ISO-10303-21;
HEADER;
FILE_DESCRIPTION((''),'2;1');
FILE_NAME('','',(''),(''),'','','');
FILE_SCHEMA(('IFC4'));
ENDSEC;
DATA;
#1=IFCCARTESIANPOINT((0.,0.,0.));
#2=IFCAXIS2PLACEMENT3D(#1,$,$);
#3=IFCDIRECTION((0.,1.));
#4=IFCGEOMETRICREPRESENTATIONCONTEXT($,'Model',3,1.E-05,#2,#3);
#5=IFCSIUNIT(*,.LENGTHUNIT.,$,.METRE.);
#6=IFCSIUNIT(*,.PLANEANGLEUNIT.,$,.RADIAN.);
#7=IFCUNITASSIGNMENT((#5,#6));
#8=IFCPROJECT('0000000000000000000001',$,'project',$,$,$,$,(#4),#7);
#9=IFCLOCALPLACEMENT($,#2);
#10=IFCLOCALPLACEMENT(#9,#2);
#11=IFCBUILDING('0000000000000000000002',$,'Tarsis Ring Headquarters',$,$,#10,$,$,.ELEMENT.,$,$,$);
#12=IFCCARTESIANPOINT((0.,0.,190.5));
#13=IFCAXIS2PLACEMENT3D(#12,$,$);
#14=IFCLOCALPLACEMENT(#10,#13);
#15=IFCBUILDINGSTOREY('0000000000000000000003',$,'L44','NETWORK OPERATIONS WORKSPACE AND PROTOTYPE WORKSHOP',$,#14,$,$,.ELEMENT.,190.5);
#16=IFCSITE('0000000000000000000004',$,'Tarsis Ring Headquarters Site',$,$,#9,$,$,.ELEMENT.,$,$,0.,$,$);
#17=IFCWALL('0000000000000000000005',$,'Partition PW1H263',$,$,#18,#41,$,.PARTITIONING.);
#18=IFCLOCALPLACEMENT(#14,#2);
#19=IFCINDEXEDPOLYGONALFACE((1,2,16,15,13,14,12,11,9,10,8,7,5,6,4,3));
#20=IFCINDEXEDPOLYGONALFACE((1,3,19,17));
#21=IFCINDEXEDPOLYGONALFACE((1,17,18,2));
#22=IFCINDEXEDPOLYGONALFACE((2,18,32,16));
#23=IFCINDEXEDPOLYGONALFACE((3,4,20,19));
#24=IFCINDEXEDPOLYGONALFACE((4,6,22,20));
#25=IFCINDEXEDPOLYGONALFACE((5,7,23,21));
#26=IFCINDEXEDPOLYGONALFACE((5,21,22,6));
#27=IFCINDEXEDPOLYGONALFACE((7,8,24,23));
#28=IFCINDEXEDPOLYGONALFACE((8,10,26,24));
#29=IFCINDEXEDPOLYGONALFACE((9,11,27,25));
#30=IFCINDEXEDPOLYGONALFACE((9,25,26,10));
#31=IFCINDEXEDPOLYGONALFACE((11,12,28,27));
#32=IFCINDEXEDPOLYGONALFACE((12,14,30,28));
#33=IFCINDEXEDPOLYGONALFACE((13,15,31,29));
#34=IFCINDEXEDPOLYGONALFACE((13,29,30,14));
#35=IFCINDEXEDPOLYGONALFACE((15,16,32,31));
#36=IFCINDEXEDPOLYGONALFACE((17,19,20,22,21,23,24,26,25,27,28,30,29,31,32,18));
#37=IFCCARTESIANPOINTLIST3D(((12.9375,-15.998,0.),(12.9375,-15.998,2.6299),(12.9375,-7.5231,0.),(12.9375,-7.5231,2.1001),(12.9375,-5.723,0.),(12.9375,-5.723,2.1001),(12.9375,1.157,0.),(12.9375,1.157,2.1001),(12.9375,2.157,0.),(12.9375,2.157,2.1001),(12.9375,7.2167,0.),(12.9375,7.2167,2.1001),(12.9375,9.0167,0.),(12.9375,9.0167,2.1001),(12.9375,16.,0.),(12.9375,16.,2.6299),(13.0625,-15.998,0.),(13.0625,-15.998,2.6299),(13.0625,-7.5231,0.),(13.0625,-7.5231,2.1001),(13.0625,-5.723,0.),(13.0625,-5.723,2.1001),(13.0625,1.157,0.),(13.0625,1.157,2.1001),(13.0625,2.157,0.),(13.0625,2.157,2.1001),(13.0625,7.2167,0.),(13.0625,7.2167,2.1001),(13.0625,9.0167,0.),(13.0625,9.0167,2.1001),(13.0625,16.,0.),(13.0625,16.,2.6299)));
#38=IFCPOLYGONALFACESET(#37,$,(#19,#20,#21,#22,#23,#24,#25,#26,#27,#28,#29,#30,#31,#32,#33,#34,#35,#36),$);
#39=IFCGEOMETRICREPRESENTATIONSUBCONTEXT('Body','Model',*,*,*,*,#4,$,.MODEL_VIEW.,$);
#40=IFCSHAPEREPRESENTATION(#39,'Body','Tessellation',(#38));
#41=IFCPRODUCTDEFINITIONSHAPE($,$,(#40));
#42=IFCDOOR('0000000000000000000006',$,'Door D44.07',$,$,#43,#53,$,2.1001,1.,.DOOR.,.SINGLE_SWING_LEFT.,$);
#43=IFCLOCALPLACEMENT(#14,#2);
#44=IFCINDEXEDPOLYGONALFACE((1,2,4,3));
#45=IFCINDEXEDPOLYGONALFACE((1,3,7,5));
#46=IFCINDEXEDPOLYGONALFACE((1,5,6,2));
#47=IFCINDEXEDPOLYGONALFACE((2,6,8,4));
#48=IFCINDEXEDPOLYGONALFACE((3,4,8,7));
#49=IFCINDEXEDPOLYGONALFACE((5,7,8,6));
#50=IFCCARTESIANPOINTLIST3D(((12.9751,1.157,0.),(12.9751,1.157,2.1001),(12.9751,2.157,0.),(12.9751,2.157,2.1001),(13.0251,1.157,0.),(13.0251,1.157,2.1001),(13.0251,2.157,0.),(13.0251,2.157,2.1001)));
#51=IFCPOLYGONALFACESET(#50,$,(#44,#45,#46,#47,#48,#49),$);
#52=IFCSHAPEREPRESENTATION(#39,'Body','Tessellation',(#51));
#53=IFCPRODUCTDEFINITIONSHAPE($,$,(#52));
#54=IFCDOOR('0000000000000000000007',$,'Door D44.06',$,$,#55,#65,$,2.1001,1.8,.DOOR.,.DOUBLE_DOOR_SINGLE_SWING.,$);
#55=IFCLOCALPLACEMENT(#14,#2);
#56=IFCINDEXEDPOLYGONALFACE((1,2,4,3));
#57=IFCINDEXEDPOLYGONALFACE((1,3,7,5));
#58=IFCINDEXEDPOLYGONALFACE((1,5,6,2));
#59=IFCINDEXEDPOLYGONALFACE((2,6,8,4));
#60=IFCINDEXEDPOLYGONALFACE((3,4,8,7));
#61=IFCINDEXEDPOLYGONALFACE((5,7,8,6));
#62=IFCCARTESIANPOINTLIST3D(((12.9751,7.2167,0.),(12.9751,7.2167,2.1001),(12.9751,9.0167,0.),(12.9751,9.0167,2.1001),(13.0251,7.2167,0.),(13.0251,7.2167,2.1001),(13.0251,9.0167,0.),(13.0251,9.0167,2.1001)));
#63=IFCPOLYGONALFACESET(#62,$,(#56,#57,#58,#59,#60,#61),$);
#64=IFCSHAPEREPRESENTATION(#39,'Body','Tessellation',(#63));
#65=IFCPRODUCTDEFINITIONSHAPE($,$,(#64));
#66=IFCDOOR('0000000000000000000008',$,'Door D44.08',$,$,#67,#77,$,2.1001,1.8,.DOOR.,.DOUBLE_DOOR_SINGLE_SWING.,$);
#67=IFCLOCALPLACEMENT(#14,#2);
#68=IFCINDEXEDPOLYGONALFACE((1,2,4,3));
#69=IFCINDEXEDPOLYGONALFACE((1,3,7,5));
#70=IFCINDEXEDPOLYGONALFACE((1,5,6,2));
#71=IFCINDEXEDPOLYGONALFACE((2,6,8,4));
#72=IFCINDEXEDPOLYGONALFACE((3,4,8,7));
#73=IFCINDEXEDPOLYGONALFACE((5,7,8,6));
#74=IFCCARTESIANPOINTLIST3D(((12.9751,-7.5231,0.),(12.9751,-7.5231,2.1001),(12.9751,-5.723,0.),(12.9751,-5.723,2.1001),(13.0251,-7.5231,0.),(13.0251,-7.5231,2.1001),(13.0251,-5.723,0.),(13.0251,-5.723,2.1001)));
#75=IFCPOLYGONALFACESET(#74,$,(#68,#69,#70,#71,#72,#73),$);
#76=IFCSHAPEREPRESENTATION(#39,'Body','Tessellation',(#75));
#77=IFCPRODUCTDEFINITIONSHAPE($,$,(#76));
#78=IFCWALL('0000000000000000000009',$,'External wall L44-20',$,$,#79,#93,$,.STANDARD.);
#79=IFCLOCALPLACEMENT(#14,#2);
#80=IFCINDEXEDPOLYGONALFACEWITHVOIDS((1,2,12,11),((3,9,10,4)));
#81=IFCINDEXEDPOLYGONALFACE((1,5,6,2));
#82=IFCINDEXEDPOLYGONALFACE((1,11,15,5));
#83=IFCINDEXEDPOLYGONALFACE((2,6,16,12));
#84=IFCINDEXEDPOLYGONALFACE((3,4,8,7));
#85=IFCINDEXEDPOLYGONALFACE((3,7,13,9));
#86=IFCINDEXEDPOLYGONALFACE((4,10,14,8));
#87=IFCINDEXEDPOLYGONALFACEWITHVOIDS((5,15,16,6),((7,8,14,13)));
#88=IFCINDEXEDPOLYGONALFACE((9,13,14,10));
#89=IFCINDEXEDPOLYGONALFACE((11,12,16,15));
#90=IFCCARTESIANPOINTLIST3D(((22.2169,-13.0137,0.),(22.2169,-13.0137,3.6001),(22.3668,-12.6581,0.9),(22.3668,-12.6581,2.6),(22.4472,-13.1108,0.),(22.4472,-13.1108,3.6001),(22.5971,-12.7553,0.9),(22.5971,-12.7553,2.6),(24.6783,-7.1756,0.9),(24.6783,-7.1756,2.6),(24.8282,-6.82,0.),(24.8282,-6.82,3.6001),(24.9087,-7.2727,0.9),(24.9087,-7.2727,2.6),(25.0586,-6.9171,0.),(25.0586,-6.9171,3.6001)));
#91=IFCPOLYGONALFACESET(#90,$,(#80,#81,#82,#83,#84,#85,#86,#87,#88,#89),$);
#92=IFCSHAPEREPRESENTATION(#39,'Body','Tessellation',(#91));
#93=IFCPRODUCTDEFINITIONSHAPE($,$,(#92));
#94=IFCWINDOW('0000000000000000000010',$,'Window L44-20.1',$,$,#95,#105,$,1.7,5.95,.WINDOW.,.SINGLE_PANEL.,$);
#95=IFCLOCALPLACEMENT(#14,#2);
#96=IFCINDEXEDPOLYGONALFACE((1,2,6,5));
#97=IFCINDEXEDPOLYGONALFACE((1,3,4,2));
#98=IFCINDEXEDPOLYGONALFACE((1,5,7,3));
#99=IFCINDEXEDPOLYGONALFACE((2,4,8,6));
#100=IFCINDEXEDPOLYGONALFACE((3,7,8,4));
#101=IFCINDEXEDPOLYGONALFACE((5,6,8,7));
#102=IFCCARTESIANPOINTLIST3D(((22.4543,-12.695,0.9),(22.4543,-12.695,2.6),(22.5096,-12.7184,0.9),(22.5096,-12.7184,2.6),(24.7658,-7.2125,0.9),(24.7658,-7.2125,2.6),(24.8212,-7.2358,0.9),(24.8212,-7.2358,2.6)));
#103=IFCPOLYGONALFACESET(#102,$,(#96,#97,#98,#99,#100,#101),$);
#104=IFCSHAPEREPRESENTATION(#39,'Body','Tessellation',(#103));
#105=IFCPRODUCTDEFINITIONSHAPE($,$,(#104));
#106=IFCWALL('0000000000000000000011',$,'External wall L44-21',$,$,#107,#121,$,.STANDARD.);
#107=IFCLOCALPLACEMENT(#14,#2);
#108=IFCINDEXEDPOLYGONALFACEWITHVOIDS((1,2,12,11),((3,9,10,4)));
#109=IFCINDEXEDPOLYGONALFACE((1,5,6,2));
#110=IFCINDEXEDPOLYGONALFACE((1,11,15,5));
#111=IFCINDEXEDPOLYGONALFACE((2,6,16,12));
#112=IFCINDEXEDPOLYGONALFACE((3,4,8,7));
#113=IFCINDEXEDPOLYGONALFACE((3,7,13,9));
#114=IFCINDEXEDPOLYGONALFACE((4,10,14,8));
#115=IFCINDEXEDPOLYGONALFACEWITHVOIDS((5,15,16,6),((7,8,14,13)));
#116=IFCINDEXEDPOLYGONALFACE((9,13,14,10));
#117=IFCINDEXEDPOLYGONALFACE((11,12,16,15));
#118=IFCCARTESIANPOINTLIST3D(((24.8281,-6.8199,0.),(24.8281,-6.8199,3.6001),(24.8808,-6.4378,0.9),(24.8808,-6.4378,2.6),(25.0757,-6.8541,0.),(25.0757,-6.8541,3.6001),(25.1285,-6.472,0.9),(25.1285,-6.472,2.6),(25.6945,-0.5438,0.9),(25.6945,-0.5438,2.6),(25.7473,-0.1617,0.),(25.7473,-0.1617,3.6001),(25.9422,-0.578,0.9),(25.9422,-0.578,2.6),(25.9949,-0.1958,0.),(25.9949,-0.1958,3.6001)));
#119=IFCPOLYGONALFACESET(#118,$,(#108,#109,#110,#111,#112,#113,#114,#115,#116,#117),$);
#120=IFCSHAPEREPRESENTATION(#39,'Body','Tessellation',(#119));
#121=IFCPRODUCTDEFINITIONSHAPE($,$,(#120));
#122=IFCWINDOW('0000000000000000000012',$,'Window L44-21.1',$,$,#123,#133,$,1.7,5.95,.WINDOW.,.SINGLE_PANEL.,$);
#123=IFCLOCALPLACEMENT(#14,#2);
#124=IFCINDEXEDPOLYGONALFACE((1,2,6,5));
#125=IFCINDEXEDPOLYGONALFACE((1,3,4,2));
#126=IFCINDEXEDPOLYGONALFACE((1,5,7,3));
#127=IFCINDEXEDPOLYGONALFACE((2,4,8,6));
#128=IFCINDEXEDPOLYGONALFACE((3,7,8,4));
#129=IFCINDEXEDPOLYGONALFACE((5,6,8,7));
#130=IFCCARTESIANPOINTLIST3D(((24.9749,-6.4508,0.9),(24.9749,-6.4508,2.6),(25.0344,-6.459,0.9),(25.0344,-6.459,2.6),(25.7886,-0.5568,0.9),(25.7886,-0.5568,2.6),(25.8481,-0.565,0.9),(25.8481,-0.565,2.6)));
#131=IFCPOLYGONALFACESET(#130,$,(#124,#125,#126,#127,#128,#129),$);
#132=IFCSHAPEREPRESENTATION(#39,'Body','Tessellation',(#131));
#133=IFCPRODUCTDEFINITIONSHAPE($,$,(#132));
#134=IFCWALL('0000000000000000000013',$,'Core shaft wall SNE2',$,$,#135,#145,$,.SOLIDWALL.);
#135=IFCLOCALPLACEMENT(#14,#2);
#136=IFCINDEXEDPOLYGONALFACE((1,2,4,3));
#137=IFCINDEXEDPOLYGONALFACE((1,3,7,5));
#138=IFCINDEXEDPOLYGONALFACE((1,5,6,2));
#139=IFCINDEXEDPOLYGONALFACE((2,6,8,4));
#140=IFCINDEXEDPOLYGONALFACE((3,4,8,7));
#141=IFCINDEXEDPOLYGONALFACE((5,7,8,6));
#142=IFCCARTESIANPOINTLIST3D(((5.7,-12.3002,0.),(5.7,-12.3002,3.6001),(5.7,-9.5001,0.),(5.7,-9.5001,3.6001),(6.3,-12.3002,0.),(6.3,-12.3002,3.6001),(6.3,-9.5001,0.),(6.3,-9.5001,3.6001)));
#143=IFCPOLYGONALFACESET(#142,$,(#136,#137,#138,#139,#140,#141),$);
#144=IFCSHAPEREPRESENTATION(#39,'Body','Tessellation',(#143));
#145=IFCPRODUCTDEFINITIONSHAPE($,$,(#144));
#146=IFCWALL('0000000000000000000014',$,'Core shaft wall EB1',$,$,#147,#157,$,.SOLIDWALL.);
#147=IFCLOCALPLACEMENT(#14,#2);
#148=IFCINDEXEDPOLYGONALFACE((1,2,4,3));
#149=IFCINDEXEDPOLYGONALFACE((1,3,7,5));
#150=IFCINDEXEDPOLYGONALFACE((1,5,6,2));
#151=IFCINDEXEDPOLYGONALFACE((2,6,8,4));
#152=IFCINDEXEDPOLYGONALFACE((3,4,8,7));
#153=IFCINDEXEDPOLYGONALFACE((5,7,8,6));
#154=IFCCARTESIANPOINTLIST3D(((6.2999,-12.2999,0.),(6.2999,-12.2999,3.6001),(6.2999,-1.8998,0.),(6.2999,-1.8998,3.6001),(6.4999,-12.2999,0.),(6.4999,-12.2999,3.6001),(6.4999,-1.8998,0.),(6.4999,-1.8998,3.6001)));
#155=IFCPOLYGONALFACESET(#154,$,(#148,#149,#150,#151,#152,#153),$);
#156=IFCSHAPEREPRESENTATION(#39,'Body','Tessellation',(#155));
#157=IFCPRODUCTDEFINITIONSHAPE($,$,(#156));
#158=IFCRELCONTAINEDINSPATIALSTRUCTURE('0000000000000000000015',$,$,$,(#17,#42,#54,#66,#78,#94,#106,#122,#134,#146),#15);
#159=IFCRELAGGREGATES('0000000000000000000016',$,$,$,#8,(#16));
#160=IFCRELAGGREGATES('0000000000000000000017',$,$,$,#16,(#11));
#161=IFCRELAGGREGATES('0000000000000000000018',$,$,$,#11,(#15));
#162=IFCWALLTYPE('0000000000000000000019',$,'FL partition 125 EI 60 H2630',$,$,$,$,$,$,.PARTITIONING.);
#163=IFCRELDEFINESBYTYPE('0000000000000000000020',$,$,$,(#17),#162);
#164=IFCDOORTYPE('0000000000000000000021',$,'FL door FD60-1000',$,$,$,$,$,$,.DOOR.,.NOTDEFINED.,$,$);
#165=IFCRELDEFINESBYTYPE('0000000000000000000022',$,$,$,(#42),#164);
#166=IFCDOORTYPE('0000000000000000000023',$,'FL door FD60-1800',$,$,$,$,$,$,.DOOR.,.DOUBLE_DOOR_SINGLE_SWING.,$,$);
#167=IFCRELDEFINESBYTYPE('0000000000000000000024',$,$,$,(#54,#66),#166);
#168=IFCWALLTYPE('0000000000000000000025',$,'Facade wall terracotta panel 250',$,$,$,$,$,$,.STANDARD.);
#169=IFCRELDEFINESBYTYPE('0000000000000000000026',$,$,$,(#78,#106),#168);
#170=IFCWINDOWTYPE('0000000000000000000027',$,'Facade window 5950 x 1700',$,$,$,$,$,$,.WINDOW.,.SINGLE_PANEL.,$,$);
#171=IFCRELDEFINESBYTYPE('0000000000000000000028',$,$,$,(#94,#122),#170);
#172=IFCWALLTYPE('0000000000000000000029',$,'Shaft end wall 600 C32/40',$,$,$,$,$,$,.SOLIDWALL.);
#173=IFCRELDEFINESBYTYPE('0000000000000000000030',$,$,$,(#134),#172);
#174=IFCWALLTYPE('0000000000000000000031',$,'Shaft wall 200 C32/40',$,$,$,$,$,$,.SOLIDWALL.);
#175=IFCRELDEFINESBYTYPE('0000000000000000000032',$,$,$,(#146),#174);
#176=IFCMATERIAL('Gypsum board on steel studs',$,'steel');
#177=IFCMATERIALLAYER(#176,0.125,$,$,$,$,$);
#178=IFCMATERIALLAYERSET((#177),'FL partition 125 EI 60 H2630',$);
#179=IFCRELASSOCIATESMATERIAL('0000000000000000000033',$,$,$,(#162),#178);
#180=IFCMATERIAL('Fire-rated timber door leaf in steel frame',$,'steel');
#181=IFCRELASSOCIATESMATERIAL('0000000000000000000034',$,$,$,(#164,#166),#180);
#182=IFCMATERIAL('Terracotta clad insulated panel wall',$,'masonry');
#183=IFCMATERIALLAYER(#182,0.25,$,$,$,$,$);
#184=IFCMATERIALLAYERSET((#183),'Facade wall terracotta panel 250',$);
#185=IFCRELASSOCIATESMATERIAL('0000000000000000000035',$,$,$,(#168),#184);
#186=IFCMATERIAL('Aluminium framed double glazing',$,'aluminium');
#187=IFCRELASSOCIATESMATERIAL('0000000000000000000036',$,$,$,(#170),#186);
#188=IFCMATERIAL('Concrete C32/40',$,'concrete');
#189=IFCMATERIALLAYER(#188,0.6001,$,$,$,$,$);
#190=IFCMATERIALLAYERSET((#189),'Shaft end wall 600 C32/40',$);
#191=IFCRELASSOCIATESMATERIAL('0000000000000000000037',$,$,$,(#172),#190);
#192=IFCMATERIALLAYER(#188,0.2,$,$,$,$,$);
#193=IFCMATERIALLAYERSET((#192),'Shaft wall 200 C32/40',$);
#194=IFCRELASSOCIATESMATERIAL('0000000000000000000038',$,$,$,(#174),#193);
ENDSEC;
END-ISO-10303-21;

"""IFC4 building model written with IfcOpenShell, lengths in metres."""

from ifc_helpers import new_model, si_unit, direction, frame, frame_2d, origin, place, context, subcontext, project, spatial, rectangle, extrude, material, layer, layer_set, type_object, element, fill, save


model = new_model("IFC4")

# Units and contexts
model_context = context("Model", 3, precision=1e-05, world=origin(), true_north=direction((0.0, 1.0)))
body_context = subcontext(model_context, "Body", "Model", "MODEL_VIEW")
ifc_project = project(units=[si_unit("LENGTHUNIT", "METRE"), si_unit("PLANEANGLEUNIT", "RADIAN")], contexts=[model_context])

# Site, building, storey
site_placement = place(None, origin())
site = spatial("IfcSite", under=ifc_project, at=site_placement, Name="Tarsis Ring Headquarters Site", CompositionType="ELEMENT", RefElevation=0.0)
building_placement = place(site_placement, origin())
building = spatial("IfcBuilding", under=site, at=building_placement, Name="Tarsis Ring Headquarters", CompositionType="ELEMENT")
storey_placement = place(building_placement, frame((0.0, 0.0, 190.5)))
storey = spatial("IfcBuildingStorey", under=building, at=storey_placement, Name="L44", Description="NETWORK OPERATIONS WORKSPACE AND PROTOTYPE WORKSHOP", CompositionType="ELEMENT", Elevation=190.5)

# Shared definitions
ifc_material_1 = material(Name="Gypsum board on steel studs", Category="steel")

# Wall, openings, doors
ifc_layer_1 = layer(ifc_material_1, 0.125)
ifc_layer_set_1 = layer_set([ifc_layer_1], Name="FL partition 125 EI 60 H2630")
wall_type_1 = type_object("IfcWallType", Name="FL partition 125 EI 60 H2630", PredefinedType="PARTITIONING", material=ifc_layer_set_1)
wall_1_placement = place(storey_placement, frame((13.0, -15.998, 0.0), z_axis=(0.0, 0.0, 1.0), x_axis=(0.0, 1.0, 0.0)))
wall_1 = element("IfcWall", 1, at=wall_1_placement, inside=storey, type_object=wall_type_1, Name="Partition PW1H263", PredefinedType="PARTITIONING", context=body_context, shape_type="SweptSolid", body=[
    extrude(rectangle(XDim=31.998, YDim=0.125, at=frame_2d((15.999, 0.0))), origin(), (0.0, 0.0, 1.0), 2.6299),
])
opening_1_placement = place(wall_1_placement, frame((23.2148, 0.0, 0.0)))
opening_1 = element("IfcOpeningElement", 2, at=opening_1_placement, cuts=wall_1, PredefinedType="OPENING", context=body_context, shape_type="SweptSolid", body=[
    extrude(rectangle(XDim=1.8, YDim=2.1001, at=frame_2d((0.8999, 1.05))), frame((0.0, 0.0725, 0.0), z_axis=(0.0, -1.0, 0.0), x_axis=(1.0, 0.0, 0.0)), (0.0, 0.0, 1.0), 0.145),
])
opening_2_placement = place(wall_1_placement, frame((17.155, 0.0, 0.0)))
opening_2 = element("IfcOpeningElement", 3, at=opening_2_placement, cuts=wall_1, PredefinedType="OPENING", context=body_context, shape_type="SweptSolid", body=[
    extrude(rectangle(XDim=1.0, YDim=2.1001, at=frame_2d((0.5, 1.05))), frame((0.0, 0.0725, 0.0), z_axis=(0.0, -1.0, 0.0), x_axis=(1.0, 0.0, 0.0)), (0.0, 0.0, 1.0), 0.145),
])
opening_3_placement = place(wall_1_placement, frame((8.4751, 0.0, 0.0)))
opening_3 = element("IfcOpeningElement", 4, at=opening_3_placement, cuts=wall_1, PredefinedType="OPENING", context=body_context, shape_type="SweptSolid", body=[
    extrude(rectangle(XDim=1.8, YDim=2.1001, at=frame_2d((0.8999, 1.05))), frame((0.0, 0.0725, 0.0), z_axis=(0.0, -1.0, 0.0), x_axis=(1.0, 0.0, 0.0)), (0.0, 0.0, 1.0), 0.145),
])
ifc_material_2 = material(Name="Fire-rated timber door leaf in steel frame", Category="steel")
door_type_1 = type_object("IfcDoorType", Name="FL door FD60-1000", OperationType="NOTDEFINED", PredefinedType="DOOR", material=ifc_material_2)
door_1_placement = place(opening_2_placement, origin())
door_1 = element("IfcDoor", 5, at=door_1_placement, inside=storey, type_object=door_type_1, Name="Door D44.07", OperationType="SINGLE_SWING_LEFT", OverallHeight=2.1001, OverallWidth=1.0, PredefinedType="DOOR", context=body_context, shape_type="SweptSolid", body=[
    extrude(rectangle(XDim=1.0, YDim=2.1001, at=frame_2d((0.5, 1.05))), frame((0.0, 0.0249, 0.0), z_axis=(0.0, -1.0, 0.0), x_axis=(1.0, 0.0, 0.0)), (0.0, 0.0, 1.0), 0.05),
])
fill(opening_2, door_1)
door_type_2 = type_object("IfcDoorType", Name="FL door FD60-1800", OperationType="DOUBLE_DOOR_SINGLE_SWING", PredefinedType="DOOR", material=ifc_material_2)
door_2_placement = place(opening_1_placement, origin())
door_2 = element("IfcDoor", 6, at=door_2_placement, inside=storey, type_object=door_type_2, Name="Door D44.06", OperationType="DOUBLE_DOOR_SINGLE_SWING", OverallHeight=2.1001, OverallWidth=1.8, PredefinedType="DOOR", context=body_context, shape_type="SweptSolid", body=[
    extrude(rectangle(XDim=1.8, YDim=2.1001, at=frame_2d((0.8999, 1.05))), frame((0.0, 0.0249, 0.0), z_axis=(0.0, -1.0, 0.0), x_axis=(1.0, 0.0, 0.0)), (0.0, 0.0, 1.0), 0.05),
])
fill(opening_1, door_2)
door_3_placement = place(opening_3_placement, origin())
door_3 = element("IfcDoor", 7, at=door_3_placement, inside=storey, type_object=door_type_2, Name="Door D44.08", OperationType="DOUBLE_DOOR_SINGLE_SWING", OverallHeight=2.1001, OverallWidth=1.8, PredefinedType="DOOR", context=body_context, shape_type="SweptSolid", body=[
    extrude(rectangle(XDim=1.8, YDim=2.1001, at=frame_2d((0.8999, 1.05))), frame((0.0, 0.0249, 0.0), z_axis=(0.0, -1.0, 0.0), x_axis=(1.0, 0.0, 0.0)), (0.0, 0.0, 1.0), 0.05),
])
fill(opening_3, door_3)

# Walls, openings, windows
ifc_material_3 = material(Name="Terracotta clad insulated panel wall", Category="masonry")
ifc_layer_2 = layer(ifc_material_3, 0.25)
ifc_layer_set_2 = layer_set([ifc_layer_2], Name="Facade wall terracotta panel 250")
wall_type_2 = type_object("IfcWallType", Name="Facade wall terracotta panel 250", PredefinedType="STANDARD", material=ifc_layer_set_2)
wall_2_placement = place(storey_placement, frame((22.332, -13.0623, 0.0), z_axis=(0.0, 0.0, 1.0), x_axis=(0.388499, 0.921449, 0.0)))
wall_2 = element("IfcWall", 8, at=wall_2_placement, inside=storey, type_object=wall_type_2, Name="External wall L44-20", PredefinedType="STANDARD", context=body_context, shape_type="SweptSolid", body=[
    extrude(rectangle(XDim=6.7217, YDim=0.25, at=frame_2d((3.3608, 0.0))), origin(), (0.0, 0.0, 1.0), 3.6001),
])
opening_4_placement = place(wall_2_placement, frame((0.3857, 0.0, 0.8999)))
opening_4 = element("IfcOpeningElement", 9, at=opening_4_placement, cuts=wall_2, PredefinedType="OPENING", context=body_context, shape_type="SweptSolid", body=[
    extrude(rectangle(XDim=5.95, YDim=1.7, at=frame_2d((2.9751, 0.8501))), frame((0.0, 0.135, 0.0), z_axis=(0.0, -1.0, 0.0), x_axis=(1.0, 0.0, 0.0)), (0.0, 0.0, 1.0), 0.27),
])
ifc_material_4 = material(Name="Aluminium framed double glazing", Category="aluminium")
window_type = type_object("IfcWindowType", Name="Facade window 5950 x 1700", PartitioningType="SINGLE_PANEL", PredefinedType="WINDOW", material=ifc_material_4)
window_1_placement = place(opening_4_placement, origin())
window_1 = element("IfcWindow", 10, at=window_1_placement, inside=storey, type_object=window_type, Name="Window L44-20.1", OverallHeight=1.7, OverallWidth=5.95, PartitioningType="SINGLE_PANEL", PredefinedType="WINDOW", context=body_context, shape_type="SweptSolid", body=[
    extrude(rectangle(XDim=5.95, YDim=1.7, at=frame_2d((2.9751, 0.8501))), frame((0.0, 0.03, 0.0), z_axis=(0.0, -1.0, 0.0), x_axis=(1.0, 0.0, 0.0)), (0.0, 0.0, 1.0), 0.0601),
])
fill(opening_4, window_1)
wall_3_placement = place(storey_placement, frame((24.9519, -6.8372, 0.0), z_axis=(0.0, 0.0, 1.0), x_axis=(0.136757, 0.990605, 0.0)))
wall_3 = element("IfcWall", 11, at=wall_3_placement, inside=storey, type_object=wall_type_2, Name="External wall L44-21", PredefinedType="STANDARD", context=body_context, shape_type="SweptSolid", body=[
    extrude(rectangle(XDim=6.7214, YDim=0.25, at=frame_2d((3.3608, 0.0))), origin(), (0.0, 0.0, 1.0), 3.6001),
])
opening_5_placement = place(wall_3_placement, frame((0.3857, 0.0, 0.8999)))
opening_5 = element("IfcOpeningElement", 12, at=opening_5_placement, cuts=wall_3, PredefinedType="OPENING", context=body_context, shape_type="SweptSolid", body=[
    extrude(rectangle(XDim=5.95, YDim=1.7, at=frame_2d((2.9751, 0.8501))), frame((0.0, 0.135, 0.0), z_axis=(0.0, -1.0, 0.0), x_axis=(1.0, 0.0, 0.0)), (0.0, 0.0, 1.0), 0.27),
])
window_2_placement = place(opening_5_placement, origin())
window_2 = element("IfcWindow", 13, at=window_2_placement, inside=storey, type_object=window_type, Name="Window L44-21.1", OverallHeight=1.7, OverallWidth=5.95, PartitioningType="SINGLE_PANEL", PredefinedType="WINDOW", context=body_context, shape_type="SweptSolid", body=[
    extrude(rectangle(XDim=5.95, YDim=1.7, at=frame_2d((2.9751, 0.8501))), frame((0.0, 0.03, 0.0), z_axis=(0.0, -1.0, 0.0), x_axis=(1.0, 0.0, 0.0)), (0.0, 0.0, 1.0), 0.0601),
])
fill(opening_5, window_2)

# Walls
ifc_material_5 = material(Name="Concrete C32/40", Category="concrete")
ifc_layer_3 = layer(ifc_material_5, 0.6001)
ifc_layer_set_3 = layer_set([ifc_layer_3], Name="Shaft end wall 600 C32/40")
wall_type_3 = type_object("IfcWallType", Name="Shaft end wall 600 C32/40", PredefinedType="SOLIDWALL", material=ifc_layer_set_3)
wall_4_placement = place(storey_placement, frame((6.0, -12.3, 0.0), z_axis=(0.0, 0.0, 1.0), x_axis=(0.0, 1.0, 0.0)))
element("IfcWall", 14, at=wall_4_placement, inside=storey, type_object=wall_type_3, Name="Core shaft wall SNE2", PredefinedType="SOLIDWALL", context=body_context, shape_type="SweptSolid", body=[
    extrude(rectangle(XDim=2.8, YDim=0.6001, at=frame_2d((1.3999, 0.0))), origin(), (0.0, 0.0, 1.0), 3.6001),
])
ifc_layer_4 = layer(ifc_material_5, 0.2)
ifc_layer_set_4 = layer_set([ifc_layer_4], Name="Shaft wall 200 C32/40")
wall_type_4 = type_object("IfcWallType", Name="Shaft wall 200 C32/40", PredefinedType="SOLIDWALL", material=ifc_layer_set_4)
wall_5_placement = place(storey_placement, frame((6.3999, -12.3, 0.0), z_axis=(0.0, 0.0, 1.0), x_axis=(0.0, 1.0, 0.0)))
element("IfcWall", 15, at=wall_5_placement, inside=storey, type_object=wall_type_4, Name="Core shaft wall EB1", PredefinedType="SOLIDWALL", context=body_context, shape_type="SweptSolid", body=[
    extrude(rectangle(XDim=10.4001, YDim=0.2, at=frame_2d((5.2002, 0.0))), origin(), (0.0, 0.0, 1.0), 3.6001),
])

save(model, "model.ifc")
